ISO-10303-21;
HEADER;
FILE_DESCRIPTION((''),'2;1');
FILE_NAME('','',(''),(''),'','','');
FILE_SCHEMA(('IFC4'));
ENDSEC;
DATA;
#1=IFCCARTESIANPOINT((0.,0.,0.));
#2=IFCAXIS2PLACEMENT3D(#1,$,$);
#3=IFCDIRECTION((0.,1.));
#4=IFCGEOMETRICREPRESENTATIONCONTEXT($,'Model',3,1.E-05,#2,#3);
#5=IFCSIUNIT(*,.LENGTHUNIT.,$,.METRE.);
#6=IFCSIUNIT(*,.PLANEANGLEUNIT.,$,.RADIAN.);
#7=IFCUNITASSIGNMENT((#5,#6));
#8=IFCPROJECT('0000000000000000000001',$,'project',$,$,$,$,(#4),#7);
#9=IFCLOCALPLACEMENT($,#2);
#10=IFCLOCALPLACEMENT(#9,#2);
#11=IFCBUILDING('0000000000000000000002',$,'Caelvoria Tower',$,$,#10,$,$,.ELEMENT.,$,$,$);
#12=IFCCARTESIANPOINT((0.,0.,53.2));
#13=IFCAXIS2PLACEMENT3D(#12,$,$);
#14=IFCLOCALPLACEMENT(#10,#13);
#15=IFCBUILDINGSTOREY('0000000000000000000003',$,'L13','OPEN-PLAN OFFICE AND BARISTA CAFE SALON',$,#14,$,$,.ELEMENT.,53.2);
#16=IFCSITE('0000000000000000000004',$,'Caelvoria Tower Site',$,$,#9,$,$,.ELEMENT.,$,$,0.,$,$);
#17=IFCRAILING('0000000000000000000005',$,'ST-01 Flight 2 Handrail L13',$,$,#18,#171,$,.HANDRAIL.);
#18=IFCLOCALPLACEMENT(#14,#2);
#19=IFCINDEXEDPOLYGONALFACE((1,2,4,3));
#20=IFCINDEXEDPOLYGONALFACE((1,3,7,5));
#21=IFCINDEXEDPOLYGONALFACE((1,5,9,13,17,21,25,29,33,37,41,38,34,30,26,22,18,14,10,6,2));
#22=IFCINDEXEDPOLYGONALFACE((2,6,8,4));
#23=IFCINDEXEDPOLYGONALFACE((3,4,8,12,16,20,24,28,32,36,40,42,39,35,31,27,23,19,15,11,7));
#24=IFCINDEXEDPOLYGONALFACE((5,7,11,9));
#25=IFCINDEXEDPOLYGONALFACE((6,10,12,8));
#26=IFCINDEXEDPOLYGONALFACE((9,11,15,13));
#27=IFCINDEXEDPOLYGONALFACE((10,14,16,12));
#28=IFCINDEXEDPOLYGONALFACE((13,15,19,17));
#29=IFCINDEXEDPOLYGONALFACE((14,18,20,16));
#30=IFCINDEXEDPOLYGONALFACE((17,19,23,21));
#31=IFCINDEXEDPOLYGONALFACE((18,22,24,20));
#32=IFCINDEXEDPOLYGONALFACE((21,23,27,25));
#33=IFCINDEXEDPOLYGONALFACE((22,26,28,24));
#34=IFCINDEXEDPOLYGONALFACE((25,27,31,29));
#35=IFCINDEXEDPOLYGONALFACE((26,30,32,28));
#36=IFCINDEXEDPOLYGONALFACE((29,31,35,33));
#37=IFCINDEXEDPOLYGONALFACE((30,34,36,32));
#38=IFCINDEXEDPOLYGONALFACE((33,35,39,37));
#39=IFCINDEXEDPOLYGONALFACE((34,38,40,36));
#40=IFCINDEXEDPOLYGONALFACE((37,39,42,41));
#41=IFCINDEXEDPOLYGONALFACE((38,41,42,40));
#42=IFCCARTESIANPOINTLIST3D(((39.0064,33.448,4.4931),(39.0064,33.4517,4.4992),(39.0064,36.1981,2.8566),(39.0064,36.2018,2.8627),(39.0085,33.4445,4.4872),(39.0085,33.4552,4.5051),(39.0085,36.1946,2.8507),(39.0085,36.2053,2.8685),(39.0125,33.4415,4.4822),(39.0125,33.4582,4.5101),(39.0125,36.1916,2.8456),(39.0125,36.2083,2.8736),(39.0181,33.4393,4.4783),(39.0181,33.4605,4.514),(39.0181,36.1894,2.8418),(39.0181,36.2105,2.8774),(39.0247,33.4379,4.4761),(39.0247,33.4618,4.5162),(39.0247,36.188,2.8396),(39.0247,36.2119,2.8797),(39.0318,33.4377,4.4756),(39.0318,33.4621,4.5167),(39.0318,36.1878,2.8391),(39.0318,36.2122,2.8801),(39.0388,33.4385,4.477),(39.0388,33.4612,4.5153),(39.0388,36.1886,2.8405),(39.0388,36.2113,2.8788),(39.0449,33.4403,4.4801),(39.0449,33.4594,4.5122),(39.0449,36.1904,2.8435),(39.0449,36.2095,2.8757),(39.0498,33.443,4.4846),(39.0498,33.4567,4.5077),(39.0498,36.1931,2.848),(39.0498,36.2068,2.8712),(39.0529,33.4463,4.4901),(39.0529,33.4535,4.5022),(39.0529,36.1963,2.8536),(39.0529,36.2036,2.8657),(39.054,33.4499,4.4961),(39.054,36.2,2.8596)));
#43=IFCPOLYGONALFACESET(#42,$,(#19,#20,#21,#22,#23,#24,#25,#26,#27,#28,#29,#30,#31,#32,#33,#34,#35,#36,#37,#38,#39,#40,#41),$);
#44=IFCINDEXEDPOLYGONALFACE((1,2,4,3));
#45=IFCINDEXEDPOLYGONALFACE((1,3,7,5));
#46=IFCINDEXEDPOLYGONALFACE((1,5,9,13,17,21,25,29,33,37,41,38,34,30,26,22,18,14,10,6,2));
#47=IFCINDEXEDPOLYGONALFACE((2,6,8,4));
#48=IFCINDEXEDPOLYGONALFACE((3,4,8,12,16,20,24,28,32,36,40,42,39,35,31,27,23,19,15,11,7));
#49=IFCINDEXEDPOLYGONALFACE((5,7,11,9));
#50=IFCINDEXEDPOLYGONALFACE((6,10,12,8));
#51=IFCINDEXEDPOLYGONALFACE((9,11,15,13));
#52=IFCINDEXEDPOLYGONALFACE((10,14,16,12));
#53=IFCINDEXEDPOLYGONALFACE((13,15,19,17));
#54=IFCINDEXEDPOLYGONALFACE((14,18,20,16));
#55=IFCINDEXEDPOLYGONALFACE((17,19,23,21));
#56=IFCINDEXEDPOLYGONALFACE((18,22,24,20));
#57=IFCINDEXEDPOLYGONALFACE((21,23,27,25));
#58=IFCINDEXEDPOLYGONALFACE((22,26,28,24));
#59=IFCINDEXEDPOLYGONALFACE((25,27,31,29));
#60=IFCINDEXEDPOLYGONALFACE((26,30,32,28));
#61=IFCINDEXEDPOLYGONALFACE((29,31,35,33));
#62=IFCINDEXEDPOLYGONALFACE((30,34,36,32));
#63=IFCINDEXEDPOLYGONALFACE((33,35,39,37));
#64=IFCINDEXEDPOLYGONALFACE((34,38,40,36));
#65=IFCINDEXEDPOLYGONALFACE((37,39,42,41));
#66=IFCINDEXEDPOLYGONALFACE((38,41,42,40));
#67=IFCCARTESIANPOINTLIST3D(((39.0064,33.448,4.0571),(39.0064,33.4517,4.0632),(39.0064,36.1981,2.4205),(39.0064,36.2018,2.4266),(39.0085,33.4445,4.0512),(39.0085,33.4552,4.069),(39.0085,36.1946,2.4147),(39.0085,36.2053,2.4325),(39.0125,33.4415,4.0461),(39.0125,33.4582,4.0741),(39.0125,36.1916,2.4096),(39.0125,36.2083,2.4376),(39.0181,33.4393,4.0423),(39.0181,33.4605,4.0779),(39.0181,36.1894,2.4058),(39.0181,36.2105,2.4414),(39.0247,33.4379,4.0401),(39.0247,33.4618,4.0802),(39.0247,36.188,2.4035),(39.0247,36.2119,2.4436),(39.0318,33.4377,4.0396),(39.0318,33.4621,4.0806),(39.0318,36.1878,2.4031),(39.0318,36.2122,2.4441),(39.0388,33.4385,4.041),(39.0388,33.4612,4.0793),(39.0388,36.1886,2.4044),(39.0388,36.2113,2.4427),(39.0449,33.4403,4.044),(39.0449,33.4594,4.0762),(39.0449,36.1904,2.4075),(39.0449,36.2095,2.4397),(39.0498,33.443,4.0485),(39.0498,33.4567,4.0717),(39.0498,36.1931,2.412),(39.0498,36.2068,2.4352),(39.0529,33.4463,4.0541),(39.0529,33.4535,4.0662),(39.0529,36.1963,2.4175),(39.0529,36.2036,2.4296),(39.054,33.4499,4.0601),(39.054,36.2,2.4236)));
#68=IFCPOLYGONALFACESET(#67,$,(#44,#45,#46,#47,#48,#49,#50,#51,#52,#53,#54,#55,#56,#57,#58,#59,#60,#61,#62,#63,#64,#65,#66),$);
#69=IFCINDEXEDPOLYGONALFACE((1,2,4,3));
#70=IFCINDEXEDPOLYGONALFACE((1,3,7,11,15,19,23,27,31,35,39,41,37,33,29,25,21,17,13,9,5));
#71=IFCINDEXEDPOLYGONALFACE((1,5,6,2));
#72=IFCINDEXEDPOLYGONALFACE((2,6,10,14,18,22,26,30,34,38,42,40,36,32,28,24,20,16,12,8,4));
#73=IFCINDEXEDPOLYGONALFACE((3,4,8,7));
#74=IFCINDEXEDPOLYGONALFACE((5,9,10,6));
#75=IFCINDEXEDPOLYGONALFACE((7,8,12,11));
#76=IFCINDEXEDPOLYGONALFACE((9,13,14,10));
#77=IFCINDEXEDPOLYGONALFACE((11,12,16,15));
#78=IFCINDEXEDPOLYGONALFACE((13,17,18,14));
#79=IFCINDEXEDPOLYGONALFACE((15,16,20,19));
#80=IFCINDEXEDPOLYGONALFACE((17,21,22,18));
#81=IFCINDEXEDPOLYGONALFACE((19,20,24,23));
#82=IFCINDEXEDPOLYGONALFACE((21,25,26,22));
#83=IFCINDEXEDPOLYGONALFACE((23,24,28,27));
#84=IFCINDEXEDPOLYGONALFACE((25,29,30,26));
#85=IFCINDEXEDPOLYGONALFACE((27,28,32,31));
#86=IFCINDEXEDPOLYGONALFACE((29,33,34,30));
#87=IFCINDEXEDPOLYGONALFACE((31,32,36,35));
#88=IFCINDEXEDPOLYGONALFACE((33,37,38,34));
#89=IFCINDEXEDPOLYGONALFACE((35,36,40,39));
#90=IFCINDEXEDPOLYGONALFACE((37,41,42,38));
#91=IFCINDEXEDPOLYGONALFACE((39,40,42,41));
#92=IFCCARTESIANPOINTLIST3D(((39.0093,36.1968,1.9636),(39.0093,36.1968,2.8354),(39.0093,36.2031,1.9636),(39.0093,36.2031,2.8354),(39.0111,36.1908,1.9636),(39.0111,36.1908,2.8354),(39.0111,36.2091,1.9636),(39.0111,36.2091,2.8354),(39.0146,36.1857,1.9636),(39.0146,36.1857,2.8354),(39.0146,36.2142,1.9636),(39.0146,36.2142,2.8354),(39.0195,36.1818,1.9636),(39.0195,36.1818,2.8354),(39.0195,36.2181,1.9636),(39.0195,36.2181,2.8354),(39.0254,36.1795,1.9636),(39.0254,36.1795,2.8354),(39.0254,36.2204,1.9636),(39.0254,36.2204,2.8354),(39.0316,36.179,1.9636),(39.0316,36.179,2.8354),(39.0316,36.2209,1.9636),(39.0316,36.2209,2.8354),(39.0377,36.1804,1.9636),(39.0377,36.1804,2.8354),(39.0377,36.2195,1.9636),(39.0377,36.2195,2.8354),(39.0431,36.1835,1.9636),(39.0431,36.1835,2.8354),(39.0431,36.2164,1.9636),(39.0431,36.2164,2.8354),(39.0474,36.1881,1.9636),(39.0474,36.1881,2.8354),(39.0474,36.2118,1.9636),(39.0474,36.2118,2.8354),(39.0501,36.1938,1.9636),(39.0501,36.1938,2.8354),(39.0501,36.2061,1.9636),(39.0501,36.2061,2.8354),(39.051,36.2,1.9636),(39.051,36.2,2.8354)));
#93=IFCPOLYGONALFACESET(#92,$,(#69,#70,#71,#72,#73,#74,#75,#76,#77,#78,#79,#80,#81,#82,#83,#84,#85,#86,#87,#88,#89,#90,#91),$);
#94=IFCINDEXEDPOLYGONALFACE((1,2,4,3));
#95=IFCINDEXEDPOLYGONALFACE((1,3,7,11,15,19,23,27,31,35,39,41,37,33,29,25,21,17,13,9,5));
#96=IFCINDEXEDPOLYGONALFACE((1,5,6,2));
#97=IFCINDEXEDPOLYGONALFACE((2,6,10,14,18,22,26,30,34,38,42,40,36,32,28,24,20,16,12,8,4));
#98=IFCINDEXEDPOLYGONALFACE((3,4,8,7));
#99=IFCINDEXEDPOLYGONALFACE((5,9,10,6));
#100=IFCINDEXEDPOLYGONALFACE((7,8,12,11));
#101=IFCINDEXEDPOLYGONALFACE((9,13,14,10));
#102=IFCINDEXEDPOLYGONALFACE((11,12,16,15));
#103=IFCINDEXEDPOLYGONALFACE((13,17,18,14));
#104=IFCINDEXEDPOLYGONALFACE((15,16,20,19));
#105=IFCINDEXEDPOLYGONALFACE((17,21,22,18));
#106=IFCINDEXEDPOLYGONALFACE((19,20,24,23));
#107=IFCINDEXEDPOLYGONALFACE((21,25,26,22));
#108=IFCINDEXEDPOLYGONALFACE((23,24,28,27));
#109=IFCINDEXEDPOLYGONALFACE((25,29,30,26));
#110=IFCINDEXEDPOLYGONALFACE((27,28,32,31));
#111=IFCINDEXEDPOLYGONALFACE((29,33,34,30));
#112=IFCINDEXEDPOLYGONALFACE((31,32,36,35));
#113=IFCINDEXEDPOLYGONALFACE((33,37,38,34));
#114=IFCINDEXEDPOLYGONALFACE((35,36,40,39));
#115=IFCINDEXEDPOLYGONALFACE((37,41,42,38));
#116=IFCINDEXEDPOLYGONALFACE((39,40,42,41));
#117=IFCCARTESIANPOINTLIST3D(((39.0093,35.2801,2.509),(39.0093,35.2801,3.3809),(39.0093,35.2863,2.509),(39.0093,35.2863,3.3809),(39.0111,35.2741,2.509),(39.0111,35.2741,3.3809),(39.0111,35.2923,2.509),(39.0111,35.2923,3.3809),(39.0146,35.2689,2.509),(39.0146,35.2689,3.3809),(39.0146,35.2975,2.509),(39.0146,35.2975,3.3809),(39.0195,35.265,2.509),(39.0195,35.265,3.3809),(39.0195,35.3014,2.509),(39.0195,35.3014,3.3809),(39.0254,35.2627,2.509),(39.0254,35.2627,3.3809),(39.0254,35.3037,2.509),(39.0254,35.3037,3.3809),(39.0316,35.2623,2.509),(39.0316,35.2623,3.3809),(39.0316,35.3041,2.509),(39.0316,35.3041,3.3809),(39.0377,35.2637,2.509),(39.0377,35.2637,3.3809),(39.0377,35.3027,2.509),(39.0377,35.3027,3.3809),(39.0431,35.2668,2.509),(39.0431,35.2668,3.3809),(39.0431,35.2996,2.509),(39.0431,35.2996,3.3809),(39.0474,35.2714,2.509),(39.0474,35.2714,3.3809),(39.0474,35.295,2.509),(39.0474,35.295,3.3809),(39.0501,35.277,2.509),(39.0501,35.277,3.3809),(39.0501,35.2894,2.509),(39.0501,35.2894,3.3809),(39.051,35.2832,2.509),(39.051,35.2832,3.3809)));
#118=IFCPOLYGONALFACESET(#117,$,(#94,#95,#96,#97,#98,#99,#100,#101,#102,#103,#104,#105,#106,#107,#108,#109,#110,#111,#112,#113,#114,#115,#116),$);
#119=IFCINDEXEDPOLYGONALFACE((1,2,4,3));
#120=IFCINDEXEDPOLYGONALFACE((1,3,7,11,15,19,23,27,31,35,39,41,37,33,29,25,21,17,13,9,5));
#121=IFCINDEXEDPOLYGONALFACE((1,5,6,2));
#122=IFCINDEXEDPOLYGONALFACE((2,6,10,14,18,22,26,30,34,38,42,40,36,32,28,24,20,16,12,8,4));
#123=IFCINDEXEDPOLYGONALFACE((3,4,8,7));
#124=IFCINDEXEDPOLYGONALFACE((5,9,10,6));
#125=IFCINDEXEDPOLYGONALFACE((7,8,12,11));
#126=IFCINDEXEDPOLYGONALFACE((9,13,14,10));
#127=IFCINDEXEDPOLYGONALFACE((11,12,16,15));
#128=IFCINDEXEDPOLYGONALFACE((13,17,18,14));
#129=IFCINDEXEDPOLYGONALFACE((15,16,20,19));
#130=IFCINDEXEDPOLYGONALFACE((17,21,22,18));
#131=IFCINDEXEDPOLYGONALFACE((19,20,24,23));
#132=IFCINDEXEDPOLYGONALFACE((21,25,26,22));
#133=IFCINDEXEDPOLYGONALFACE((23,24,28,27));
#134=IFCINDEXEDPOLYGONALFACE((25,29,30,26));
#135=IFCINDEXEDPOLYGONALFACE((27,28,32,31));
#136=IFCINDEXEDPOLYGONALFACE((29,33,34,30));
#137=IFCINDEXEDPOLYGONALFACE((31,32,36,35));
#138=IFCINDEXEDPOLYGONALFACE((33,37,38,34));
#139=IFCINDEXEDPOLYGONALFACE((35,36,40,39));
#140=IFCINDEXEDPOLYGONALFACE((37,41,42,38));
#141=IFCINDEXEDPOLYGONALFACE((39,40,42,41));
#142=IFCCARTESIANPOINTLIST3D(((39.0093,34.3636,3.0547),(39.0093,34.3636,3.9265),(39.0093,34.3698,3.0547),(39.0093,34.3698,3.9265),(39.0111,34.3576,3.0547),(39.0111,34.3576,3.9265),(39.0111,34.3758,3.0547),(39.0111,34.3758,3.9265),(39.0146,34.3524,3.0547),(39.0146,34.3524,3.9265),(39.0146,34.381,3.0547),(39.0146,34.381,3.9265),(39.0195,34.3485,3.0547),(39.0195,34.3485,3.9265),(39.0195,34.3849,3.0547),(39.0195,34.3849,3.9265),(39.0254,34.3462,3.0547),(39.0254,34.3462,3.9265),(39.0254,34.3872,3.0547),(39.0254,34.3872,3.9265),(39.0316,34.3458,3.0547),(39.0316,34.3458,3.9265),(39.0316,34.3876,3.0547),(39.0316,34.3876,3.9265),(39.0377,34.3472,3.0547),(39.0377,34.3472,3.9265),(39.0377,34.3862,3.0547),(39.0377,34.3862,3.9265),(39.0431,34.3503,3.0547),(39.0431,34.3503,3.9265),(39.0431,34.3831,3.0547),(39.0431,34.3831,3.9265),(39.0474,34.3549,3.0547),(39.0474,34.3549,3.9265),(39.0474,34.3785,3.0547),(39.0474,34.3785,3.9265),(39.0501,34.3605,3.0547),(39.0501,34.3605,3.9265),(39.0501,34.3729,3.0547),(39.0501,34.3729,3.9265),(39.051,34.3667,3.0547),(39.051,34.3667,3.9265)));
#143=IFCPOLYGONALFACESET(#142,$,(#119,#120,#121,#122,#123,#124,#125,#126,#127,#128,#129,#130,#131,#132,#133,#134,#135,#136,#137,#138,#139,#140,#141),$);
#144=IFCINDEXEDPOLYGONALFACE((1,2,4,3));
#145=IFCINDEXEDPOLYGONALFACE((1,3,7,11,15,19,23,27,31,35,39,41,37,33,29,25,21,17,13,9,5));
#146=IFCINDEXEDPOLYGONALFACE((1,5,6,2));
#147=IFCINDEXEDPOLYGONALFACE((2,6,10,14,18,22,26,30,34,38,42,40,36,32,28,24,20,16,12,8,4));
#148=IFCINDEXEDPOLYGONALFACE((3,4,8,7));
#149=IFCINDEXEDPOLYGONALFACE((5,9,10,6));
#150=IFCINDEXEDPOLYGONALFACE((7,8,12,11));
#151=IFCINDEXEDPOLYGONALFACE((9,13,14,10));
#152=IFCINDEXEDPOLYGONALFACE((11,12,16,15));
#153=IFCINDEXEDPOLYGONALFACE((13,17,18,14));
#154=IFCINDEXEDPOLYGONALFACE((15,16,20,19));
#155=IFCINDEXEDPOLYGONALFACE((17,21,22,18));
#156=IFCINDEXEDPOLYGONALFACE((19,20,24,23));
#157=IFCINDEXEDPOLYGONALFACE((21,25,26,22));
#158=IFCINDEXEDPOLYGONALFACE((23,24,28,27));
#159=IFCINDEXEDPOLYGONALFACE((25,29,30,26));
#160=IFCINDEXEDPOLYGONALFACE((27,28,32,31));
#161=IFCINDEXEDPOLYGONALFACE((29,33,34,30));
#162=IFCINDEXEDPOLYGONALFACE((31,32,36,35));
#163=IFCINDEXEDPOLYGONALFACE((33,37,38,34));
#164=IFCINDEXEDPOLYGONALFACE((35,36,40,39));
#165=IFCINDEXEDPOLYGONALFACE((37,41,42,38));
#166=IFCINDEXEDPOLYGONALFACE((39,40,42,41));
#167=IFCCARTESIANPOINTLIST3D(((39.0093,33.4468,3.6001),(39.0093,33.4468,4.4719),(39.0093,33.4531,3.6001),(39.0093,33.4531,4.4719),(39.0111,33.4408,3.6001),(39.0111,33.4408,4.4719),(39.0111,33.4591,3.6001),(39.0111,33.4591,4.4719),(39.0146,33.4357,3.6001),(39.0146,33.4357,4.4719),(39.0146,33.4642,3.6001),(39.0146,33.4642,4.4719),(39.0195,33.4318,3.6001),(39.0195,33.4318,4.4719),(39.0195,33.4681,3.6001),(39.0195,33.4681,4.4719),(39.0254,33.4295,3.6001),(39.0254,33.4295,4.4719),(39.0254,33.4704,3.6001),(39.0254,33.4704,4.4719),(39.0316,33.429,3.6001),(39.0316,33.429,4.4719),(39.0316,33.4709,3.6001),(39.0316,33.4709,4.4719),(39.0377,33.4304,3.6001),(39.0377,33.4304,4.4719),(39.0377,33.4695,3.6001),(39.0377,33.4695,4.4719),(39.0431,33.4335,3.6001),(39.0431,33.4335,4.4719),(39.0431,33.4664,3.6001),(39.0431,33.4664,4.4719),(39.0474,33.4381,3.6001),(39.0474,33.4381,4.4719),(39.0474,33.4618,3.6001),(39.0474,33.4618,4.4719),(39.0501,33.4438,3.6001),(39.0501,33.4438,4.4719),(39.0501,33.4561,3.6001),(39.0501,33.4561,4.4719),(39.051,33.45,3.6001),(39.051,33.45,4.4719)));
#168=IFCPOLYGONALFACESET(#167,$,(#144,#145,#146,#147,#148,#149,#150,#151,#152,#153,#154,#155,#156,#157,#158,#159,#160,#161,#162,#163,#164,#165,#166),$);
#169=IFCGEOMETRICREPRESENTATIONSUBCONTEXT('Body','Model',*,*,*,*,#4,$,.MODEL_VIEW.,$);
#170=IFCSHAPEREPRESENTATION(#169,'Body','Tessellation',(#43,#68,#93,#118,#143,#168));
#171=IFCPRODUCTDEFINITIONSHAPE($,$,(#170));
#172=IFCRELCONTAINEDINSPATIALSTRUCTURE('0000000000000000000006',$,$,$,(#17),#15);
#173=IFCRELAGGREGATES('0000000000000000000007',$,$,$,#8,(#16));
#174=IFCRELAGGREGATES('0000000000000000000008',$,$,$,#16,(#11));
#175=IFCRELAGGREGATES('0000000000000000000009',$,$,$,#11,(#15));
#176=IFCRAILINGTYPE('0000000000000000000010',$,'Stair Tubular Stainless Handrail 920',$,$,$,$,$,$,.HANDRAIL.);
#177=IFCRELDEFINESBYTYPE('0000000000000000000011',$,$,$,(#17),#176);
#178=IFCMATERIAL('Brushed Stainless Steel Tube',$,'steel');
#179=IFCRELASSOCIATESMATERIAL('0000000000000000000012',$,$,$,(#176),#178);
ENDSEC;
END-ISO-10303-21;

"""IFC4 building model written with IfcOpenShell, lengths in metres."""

from ifc_helpers import new_model, si_unit, direction, frame, origin, origin_2d, place, context, subcontext, project, spatial, circle, extrude, material, type_object, element, save


model = new_model("IFC4")

# Units and contexts
model_context = context("Model", 3, precision=1e-05, world=origin(), true_north=direction((0.0, 1.0)))
body_context = subcontext(model_context, "Body", "Model", "MODEL_VIEW")
ifc_project = project(units=[si_unit("LENGTHUNIT", "METRE"), si_unit("PLANEANGLEUNIT", "RADIAN")], contexts=[model_context])

# Site, building, storey
site_placement = place(None, origin())
site = spatial("IfcSite", under=ifc_project, at=site_placement, Name="Caelvoria Tower Site", CompositionType="ELEMENT", RefElevation=0.0)
building_placement = place(site_placement, origin())
building = spatial("IfcBuilding", under=site, at=building_placement, Name="Caelvoria Tower", CompositionType="ELEMENT")
storey_placement = place(building_placement, frame((0.0, 0.0, 53.2)))
storey = spatial("IfcBuildingStorey", under=building, at=storey_placement, Name="L13", Description="OPEN-PLAN OFFICE AND BARISTA CAFE SALON", CompositionType="ELEMENT", Elevation=53.2)

# Railing
ifc_material_1 = material(Name="Brushed Stainless Steel Tube", Category="steel")
railing_type_1 = type_object("IfcRailingType", Name="Stair Tubular Stainless Handrail 920", PredefinedType="HANDRAIL", material=ifc_material_1)
railing_1_placement = place(storey_placement, frame((39.03, 36.2, 1.9636)))
element("IfcRailing", 1, at=railing_1_placement, inside=storey, type_object=railing_type_1, Name="ST-01 Flight 2 Handrail L13", PredefinedType="HANDRAIL", context=body_context, shape_type="SweptSolid", body=[
    extrude(circle(Radius=0.0239, at=origin_2d()), frame((0.0, 0.0, 0.896), z_axis=(0.0, -0.859352, 0.511385), x_axis=(1.0, 0.0, 0.0)), (0.0, 0.0, 1.0), 3.2002),
    extrude(circle(Radius=0.0239, at=origin_2d()), frame((0.0, 0.0, 0.46), z_axis=(0.0, -0.859352, 0.511385), x_axis=(1.0, 0.0, 0.0)), (0.0, 0.0, 1.0), 3.2002),
    extrude(circle(Radius=0.021, at=origin_2d()), origin(), (0.0, 0.0, 1.0), 0.8718),
    extrude(circle(Radius=0.021, at=origin_2d()), frame((0.0, -0.9167, 0.5454)), (0.0, 0.0, 1.0), 0.8718),
    extrude(circle(Radius=0.021, at=origin_2d()), frame((0.0, -1.8333, 1.0911)), (0.0, 0.0, 1.0), 0.8718),
    extrude(circle(Radius=0.021, at=origin_2d()), frame((0.0, -2.75, 1.6365)), (0.0, 0.0, 1.0), 0.8718),
])

save(model, "model.ifc")
